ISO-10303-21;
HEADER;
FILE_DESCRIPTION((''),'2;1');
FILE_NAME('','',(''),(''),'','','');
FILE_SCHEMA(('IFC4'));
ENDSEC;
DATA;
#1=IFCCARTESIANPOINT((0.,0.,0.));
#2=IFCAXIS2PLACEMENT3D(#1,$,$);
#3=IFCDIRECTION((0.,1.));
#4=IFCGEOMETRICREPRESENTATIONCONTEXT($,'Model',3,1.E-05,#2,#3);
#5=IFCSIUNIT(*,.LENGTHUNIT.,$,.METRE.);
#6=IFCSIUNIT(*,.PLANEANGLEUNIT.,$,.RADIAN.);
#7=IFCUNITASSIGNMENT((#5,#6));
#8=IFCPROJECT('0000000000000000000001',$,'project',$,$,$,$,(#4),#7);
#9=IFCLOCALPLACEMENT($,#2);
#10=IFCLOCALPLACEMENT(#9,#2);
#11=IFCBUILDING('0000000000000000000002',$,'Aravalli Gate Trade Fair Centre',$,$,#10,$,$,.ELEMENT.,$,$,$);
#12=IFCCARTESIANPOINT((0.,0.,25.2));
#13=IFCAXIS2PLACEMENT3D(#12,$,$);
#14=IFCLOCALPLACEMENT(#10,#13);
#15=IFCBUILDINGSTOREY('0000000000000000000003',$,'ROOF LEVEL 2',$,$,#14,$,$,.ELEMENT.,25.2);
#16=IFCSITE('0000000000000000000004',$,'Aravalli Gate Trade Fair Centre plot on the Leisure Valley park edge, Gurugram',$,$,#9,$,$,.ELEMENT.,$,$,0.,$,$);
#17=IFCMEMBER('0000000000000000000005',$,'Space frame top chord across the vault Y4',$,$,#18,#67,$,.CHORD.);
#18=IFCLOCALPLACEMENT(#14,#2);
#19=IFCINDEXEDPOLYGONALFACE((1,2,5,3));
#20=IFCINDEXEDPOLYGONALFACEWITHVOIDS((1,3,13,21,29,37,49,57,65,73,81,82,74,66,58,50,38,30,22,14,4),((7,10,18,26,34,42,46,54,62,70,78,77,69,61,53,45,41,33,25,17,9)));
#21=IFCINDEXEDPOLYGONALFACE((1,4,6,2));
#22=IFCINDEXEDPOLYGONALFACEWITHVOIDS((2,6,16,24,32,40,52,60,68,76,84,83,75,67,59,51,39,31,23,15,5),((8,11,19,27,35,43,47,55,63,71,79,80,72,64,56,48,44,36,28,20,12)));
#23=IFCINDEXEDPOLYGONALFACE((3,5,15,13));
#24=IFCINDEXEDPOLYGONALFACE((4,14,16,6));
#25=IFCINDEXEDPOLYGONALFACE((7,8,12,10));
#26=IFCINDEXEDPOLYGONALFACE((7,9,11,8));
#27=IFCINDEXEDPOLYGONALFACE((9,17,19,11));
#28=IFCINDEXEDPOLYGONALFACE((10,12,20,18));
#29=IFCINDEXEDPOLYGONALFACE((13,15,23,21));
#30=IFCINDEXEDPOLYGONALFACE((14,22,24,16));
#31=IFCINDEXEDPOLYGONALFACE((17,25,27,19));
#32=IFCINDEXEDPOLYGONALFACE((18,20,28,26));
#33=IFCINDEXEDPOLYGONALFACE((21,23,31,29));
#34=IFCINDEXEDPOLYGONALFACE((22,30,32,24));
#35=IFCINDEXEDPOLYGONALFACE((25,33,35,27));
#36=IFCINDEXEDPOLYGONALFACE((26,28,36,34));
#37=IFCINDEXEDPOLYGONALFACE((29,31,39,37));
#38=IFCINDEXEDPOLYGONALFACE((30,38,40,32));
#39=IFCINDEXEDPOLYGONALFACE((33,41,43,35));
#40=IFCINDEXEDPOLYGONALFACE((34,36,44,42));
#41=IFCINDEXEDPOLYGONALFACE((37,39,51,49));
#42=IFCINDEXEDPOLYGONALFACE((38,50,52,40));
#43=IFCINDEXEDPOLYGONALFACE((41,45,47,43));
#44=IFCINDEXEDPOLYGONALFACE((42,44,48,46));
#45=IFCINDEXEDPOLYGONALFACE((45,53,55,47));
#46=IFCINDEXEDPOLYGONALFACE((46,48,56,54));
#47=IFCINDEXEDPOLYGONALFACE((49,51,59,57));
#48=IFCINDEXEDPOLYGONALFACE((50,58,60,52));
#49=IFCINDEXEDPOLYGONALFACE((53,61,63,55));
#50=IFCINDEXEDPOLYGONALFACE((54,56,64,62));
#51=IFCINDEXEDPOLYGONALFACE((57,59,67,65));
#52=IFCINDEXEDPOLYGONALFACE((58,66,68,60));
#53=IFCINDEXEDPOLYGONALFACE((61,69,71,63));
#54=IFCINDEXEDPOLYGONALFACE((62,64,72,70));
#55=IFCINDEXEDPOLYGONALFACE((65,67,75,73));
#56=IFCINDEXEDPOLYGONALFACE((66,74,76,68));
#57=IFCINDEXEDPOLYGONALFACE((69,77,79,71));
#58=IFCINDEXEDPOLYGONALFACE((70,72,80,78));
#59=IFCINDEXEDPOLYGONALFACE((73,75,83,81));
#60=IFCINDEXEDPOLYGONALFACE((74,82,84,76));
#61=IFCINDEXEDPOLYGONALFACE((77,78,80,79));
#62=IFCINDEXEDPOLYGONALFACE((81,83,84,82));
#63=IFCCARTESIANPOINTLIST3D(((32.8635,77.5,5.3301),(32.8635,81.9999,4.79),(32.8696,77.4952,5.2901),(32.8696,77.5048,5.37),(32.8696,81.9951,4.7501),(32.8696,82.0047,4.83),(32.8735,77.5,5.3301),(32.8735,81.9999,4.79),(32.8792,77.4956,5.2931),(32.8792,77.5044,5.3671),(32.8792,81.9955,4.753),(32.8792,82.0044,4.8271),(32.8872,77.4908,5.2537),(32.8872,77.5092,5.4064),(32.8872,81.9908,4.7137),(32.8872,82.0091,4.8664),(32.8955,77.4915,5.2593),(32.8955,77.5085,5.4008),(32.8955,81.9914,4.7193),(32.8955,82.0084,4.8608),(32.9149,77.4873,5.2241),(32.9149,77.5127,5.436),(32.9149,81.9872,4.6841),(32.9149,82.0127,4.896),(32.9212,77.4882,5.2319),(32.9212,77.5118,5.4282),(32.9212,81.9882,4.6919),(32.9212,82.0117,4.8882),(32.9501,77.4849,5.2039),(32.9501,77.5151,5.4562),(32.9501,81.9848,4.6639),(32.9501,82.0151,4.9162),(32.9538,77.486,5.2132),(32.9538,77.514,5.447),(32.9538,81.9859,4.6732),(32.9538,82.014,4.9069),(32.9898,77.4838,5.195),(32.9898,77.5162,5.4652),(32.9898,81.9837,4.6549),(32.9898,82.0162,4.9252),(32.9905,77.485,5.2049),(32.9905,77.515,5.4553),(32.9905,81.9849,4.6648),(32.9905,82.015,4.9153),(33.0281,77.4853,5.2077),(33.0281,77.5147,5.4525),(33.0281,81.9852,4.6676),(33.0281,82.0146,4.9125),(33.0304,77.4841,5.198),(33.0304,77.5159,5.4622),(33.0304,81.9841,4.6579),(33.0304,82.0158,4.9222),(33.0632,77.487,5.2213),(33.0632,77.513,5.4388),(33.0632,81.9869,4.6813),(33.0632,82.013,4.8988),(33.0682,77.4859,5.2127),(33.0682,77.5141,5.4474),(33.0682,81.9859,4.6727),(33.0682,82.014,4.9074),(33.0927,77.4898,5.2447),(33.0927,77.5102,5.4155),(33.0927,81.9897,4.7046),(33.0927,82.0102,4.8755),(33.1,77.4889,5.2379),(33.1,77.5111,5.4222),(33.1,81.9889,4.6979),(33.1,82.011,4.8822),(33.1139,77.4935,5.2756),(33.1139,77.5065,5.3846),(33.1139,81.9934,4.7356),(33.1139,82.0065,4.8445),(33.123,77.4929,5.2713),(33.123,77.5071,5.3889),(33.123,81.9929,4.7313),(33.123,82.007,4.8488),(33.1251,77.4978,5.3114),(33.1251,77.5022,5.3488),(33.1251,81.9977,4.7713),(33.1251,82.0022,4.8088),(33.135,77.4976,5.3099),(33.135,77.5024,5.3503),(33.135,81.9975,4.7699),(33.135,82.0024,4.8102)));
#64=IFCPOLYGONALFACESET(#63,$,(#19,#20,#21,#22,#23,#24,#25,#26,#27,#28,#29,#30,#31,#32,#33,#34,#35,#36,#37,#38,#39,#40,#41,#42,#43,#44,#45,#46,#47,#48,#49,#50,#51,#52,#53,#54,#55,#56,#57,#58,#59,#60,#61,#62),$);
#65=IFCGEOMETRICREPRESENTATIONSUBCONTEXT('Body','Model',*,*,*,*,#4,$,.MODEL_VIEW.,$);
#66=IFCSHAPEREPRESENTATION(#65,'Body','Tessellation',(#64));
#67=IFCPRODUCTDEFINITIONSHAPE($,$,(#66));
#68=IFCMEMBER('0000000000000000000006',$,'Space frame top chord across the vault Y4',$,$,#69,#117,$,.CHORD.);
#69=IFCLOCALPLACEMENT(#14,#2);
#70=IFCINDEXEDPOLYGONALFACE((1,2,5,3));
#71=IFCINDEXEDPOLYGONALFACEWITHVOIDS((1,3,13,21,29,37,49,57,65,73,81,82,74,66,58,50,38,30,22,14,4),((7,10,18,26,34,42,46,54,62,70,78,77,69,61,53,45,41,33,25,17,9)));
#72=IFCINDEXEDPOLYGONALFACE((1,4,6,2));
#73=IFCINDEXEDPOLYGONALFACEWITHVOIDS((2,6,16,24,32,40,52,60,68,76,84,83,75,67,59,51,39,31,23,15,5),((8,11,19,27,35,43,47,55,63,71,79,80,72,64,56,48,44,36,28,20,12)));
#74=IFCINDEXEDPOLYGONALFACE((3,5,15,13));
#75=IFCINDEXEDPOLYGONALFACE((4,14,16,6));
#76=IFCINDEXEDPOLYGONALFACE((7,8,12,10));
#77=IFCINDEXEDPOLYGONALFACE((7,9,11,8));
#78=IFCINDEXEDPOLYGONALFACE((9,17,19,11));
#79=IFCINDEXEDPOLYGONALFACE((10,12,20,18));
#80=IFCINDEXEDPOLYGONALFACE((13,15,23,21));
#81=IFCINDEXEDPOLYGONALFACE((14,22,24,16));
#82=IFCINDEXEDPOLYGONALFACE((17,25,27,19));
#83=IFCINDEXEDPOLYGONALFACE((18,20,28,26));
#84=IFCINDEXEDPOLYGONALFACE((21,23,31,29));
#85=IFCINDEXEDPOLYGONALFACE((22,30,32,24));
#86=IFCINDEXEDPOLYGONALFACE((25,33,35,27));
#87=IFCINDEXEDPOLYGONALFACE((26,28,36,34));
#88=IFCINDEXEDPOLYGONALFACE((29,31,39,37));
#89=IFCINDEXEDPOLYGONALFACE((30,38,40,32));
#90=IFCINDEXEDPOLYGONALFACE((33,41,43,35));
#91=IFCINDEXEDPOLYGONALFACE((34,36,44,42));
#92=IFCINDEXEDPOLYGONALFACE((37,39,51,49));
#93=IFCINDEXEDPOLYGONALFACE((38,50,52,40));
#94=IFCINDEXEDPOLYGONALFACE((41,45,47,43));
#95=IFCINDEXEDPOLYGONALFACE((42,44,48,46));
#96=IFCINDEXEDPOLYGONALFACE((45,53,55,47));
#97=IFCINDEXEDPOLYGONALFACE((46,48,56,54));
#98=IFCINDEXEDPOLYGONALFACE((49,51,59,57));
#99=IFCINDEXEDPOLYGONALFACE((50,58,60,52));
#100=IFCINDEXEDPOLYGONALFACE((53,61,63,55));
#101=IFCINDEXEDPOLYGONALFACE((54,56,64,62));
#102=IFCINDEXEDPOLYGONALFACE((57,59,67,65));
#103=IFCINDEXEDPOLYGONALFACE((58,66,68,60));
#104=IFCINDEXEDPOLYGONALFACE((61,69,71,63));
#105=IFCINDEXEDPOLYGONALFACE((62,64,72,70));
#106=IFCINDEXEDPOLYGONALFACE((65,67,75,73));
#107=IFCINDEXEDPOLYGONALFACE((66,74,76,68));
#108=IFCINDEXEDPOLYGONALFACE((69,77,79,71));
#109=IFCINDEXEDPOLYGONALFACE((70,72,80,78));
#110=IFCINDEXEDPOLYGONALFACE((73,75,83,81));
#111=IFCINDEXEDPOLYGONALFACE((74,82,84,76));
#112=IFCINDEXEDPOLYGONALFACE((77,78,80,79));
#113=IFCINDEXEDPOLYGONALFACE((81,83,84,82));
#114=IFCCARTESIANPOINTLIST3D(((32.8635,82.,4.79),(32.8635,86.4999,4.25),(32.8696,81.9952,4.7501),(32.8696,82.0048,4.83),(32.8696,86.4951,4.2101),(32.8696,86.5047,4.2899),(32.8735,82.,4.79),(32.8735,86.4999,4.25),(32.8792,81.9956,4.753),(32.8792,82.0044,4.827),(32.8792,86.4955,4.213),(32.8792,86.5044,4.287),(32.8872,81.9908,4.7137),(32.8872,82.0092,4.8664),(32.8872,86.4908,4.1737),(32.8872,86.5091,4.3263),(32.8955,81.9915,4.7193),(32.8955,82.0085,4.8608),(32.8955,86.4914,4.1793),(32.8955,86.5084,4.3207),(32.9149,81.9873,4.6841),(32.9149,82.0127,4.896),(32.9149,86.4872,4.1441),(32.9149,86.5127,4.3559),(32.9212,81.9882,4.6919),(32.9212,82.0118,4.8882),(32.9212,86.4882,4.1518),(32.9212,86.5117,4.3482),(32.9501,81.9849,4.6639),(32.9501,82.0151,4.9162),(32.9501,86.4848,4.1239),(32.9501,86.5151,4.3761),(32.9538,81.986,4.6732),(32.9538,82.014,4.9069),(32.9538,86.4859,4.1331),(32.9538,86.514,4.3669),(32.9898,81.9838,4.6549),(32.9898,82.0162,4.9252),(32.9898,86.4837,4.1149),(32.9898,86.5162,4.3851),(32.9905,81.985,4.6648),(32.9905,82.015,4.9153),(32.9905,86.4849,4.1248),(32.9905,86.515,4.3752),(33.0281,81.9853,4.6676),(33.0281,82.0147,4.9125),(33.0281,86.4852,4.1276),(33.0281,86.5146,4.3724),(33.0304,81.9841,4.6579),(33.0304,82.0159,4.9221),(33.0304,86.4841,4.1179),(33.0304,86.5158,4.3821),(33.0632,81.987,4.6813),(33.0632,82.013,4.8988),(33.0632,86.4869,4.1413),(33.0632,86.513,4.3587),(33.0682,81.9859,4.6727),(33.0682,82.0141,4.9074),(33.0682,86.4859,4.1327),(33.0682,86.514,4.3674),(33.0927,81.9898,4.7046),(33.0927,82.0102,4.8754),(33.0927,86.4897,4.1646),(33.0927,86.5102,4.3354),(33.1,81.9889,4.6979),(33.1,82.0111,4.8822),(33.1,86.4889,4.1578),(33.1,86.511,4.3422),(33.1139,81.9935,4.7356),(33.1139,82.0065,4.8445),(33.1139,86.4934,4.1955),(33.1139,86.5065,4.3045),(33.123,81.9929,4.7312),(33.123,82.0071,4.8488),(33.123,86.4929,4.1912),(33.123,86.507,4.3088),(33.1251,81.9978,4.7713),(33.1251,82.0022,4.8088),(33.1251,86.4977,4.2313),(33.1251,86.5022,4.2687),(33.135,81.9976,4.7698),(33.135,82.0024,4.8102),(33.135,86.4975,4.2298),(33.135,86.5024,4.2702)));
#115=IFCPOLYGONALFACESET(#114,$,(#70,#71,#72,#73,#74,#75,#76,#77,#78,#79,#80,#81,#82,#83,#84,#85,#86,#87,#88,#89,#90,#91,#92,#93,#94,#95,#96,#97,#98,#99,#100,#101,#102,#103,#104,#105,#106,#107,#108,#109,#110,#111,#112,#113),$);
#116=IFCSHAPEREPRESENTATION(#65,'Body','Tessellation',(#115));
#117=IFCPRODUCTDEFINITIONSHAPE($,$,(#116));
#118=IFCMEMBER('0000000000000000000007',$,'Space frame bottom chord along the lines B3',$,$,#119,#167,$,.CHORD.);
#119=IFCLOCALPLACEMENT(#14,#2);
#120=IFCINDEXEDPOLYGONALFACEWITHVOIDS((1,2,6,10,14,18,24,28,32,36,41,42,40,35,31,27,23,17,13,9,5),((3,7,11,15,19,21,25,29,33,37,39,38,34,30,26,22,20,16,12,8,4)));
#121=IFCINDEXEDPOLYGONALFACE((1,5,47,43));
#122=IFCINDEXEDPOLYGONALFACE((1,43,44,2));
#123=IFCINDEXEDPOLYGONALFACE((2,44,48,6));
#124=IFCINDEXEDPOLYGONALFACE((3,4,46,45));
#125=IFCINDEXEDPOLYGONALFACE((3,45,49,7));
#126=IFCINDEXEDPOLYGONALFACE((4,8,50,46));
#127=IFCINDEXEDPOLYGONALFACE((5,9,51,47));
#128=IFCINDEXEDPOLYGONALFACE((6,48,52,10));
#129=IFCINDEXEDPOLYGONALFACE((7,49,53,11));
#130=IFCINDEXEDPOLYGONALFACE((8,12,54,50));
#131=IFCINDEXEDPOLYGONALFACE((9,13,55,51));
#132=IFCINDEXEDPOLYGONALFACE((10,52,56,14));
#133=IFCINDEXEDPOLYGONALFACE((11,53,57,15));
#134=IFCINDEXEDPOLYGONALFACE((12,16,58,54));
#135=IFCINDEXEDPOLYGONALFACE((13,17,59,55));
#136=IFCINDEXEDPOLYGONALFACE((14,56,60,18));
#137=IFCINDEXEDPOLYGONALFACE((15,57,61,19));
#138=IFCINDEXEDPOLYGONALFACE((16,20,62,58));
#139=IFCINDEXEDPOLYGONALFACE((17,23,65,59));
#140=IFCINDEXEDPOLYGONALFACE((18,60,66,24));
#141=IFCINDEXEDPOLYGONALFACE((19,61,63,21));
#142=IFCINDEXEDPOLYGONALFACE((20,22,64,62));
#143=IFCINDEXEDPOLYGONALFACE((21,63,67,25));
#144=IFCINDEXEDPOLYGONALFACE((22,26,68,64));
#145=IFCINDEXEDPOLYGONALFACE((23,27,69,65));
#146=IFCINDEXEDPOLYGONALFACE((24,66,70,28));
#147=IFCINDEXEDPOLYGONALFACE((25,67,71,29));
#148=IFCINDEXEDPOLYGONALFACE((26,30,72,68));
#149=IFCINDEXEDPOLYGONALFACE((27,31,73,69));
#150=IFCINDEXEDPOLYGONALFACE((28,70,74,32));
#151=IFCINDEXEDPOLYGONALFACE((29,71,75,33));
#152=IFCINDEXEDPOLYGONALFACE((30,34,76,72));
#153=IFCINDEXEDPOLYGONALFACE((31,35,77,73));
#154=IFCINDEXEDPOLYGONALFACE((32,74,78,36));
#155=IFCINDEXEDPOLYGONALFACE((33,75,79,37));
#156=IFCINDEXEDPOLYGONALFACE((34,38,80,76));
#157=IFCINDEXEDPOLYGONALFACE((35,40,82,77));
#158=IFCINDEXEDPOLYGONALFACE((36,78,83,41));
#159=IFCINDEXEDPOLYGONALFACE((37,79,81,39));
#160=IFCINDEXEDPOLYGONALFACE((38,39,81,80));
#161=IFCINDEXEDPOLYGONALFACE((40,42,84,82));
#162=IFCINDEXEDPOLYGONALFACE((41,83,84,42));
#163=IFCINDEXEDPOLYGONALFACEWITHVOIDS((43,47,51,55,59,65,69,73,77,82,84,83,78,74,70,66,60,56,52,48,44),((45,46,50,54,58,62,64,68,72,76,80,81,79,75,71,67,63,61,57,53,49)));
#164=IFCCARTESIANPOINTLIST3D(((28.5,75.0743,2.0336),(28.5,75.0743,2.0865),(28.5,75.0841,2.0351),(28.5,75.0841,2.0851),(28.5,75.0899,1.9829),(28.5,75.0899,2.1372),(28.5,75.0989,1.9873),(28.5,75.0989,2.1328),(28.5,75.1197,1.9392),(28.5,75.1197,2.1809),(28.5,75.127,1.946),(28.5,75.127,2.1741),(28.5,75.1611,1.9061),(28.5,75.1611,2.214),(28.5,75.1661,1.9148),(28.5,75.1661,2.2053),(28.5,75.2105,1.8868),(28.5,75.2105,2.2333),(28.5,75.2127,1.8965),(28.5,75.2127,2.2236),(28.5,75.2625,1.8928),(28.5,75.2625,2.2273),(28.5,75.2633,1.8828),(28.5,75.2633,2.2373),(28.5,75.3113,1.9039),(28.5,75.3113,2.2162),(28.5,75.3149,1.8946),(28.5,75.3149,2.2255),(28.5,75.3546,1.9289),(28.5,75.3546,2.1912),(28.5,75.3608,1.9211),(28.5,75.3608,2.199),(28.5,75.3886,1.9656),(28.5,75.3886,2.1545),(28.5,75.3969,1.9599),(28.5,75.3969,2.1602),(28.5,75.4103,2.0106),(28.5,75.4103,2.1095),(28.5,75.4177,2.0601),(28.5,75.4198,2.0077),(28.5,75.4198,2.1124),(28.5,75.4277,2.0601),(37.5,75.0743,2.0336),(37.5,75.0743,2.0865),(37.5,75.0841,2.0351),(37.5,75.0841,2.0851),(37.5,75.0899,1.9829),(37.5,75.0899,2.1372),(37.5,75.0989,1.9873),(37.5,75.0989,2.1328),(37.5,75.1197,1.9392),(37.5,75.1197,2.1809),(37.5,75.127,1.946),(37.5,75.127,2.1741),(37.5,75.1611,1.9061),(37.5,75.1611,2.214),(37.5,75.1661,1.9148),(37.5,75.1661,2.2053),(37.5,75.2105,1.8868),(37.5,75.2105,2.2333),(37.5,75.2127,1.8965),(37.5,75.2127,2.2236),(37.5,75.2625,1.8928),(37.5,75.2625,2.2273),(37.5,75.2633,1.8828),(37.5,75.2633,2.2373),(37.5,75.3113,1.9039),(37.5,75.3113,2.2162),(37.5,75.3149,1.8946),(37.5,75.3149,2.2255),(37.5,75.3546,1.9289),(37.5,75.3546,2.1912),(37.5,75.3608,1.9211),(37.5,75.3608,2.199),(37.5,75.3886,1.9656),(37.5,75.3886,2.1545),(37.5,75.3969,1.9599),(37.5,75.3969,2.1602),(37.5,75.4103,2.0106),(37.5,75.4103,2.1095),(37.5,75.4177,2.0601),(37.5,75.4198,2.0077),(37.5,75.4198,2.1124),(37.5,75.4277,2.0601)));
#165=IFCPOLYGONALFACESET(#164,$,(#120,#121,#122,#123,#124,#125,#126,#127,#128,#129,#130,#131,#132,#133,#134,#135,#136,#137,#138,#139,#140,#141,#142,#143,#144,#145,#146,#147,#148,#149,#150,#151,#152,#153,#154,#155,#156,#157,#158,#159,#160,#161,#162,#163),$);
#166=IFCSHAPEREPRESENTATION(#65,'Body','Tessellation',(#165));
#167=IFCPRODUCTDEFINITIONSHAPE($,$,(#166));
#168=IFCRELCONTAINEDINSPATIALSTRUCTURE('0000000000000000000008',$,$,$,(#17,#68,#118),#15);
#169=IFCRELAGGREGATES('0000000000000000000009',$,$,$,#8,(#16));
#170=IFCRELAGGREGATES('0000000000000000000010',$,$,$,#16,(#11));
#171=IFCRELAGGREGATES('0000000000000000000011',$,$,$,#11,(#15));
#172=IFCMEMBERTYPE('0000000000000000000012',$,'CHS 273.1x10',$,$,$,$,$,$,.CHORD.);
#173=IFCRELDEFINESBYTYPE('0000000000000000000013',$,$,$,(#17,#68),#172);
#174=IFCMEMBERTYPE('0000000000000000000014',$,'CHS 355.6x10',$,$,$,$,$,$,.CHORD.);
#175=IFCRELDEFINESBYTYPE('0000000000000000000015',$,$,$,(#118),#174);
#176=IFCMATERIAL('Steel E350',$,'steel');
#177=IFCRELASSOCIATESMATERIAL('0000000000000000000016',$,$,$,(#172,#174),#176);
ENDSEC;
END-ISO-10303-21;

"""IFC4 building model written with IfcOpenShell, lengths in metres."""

from ifc_helpers import new_model, si_unit, direction, frame, origin, origin_2d, place, context, subcontext, project, spatial, hollow_circle, extrude, material, material_profile, profile_set, type_object, element, save


model = new_model("IFC4")

# Units and contexts
model_context = context("Model", 3, precision=1e-05, world=origin(), true_north=direction((0.0, 1.0)))
body_context = subcontext(model_context, "Body", "Model", "MODEL_VIEW")
ifc_project = project(units=[si_unit("LENGTHUNIT", "METRE"), si_unit("PLANEANGLEUNIT", "RADIAN")], contexts=[model_context])

# Site, building, storey
site_placement = place(None, origin())
site = spatial("IfcSite", under=ifc_project, at=site_placement, Name="Aravalli Gate Trade Fair Centre plot on the Leisure Valley park edge, Gurugram", CompositionType="ELEMENT", RefElevation=0.0)
building_placement = place(site_placement, origin())
building = spatial("IfcBuilding", under=site, at=building_placement, Name="Aravalli Gate Trade Fair Centre", CompositionType="ELEMENT")
storey_placement = place(building_placement, frame((0.0, 0.0, 25.2)))
storey = spatial("IfcBuildingStorey", under=building, at=storey_placement, Name="ROOF LEVEL 2", CompositionType="ELEMENT", Elevation=25.2)

# Members
ifc_material_1 = material(Name="Steel E350", Category="steel")
ifc_material_profile_1 = material_profile(ifc_material_1, hollow_circle(Radius=0.1365, WallThickness=0.01, at=origin_2d()), Name="CHS 273.1x10")
ifc_profile_set_1 = profile_set([ifc_material_profile_1], Name="Steel E350")
member_type_1 = type_object("IfcMemberType", Name="CHS 273.1x10", PredefinedType="CHORD", material=ifc_profile_set_1)
for number, where, z_axis, x_axis, name in (
    (1, (33.0, 77.5, 5.3301), (0.0, 0.992876, -0.119154), (-1.0, 0.0, 0.0), "Space frame top chord across the vault Y4"),
    (2, (33.0, 82.0, 4.79), (0.0, 0.992876, -0.119154), (-1.0, 0.0, 0.0), "Space frame top chord across the vault Y4"),
):
    element("IfcMember", number, at=place(storey_placement, frame(where, z_axis=z_axis, x_axis=x_axis)), inside=storey, type_object=member_type_1, Name=name, PredefinedType="CHORD", context=body_context, shape_type="SweptSolid", body=[
        extrude(hollow_circle(Radius=0.1365, WallThickness=0.01, at=origin_2d()), origin(), (0.0, 0.0, 1.0), 4.5322),
    ])
ifc_material_profile_2 = material_profile(ifc_material_1, hollow_circle(Radius=0.1777, WallThickness=0.01, at=origin_2d()), Name="CHS 355.6x10")
ifc_profile_set_2 = profile_set([ifc_material_profile_2], Name="Steel E350")
member_type_2 = type_object("IfcMemberType", Name="CHS 355.6x10", PredefinedType="CHORD", material=ifc_profile_set_2)
for number, where, z_axis, x_axis, name in (
    (3, (28.5, 75.25, 2.0601), (1.0, 0.0, 0.0), (0.0, 1.0, 0.0), "Space frame bottom chord along the lines B3"),
):
    element("IfcMember", number, at=place(storey_placement, frame(where, z_axis=z_axis, x_axis=x_axis)), inside=storey, type_object=member_type_2, Name=name, PredefinedType="CHORD", context=body_context, shape_type="SweptSolid", body=[
        extrude(hollow_circle(Radius=0.1777, WallThickness=0.01, at=origin_2d()), origin(), (0.0, 0.0, 1.0), 9.0),
    ])

save(model, "model.ifc")
